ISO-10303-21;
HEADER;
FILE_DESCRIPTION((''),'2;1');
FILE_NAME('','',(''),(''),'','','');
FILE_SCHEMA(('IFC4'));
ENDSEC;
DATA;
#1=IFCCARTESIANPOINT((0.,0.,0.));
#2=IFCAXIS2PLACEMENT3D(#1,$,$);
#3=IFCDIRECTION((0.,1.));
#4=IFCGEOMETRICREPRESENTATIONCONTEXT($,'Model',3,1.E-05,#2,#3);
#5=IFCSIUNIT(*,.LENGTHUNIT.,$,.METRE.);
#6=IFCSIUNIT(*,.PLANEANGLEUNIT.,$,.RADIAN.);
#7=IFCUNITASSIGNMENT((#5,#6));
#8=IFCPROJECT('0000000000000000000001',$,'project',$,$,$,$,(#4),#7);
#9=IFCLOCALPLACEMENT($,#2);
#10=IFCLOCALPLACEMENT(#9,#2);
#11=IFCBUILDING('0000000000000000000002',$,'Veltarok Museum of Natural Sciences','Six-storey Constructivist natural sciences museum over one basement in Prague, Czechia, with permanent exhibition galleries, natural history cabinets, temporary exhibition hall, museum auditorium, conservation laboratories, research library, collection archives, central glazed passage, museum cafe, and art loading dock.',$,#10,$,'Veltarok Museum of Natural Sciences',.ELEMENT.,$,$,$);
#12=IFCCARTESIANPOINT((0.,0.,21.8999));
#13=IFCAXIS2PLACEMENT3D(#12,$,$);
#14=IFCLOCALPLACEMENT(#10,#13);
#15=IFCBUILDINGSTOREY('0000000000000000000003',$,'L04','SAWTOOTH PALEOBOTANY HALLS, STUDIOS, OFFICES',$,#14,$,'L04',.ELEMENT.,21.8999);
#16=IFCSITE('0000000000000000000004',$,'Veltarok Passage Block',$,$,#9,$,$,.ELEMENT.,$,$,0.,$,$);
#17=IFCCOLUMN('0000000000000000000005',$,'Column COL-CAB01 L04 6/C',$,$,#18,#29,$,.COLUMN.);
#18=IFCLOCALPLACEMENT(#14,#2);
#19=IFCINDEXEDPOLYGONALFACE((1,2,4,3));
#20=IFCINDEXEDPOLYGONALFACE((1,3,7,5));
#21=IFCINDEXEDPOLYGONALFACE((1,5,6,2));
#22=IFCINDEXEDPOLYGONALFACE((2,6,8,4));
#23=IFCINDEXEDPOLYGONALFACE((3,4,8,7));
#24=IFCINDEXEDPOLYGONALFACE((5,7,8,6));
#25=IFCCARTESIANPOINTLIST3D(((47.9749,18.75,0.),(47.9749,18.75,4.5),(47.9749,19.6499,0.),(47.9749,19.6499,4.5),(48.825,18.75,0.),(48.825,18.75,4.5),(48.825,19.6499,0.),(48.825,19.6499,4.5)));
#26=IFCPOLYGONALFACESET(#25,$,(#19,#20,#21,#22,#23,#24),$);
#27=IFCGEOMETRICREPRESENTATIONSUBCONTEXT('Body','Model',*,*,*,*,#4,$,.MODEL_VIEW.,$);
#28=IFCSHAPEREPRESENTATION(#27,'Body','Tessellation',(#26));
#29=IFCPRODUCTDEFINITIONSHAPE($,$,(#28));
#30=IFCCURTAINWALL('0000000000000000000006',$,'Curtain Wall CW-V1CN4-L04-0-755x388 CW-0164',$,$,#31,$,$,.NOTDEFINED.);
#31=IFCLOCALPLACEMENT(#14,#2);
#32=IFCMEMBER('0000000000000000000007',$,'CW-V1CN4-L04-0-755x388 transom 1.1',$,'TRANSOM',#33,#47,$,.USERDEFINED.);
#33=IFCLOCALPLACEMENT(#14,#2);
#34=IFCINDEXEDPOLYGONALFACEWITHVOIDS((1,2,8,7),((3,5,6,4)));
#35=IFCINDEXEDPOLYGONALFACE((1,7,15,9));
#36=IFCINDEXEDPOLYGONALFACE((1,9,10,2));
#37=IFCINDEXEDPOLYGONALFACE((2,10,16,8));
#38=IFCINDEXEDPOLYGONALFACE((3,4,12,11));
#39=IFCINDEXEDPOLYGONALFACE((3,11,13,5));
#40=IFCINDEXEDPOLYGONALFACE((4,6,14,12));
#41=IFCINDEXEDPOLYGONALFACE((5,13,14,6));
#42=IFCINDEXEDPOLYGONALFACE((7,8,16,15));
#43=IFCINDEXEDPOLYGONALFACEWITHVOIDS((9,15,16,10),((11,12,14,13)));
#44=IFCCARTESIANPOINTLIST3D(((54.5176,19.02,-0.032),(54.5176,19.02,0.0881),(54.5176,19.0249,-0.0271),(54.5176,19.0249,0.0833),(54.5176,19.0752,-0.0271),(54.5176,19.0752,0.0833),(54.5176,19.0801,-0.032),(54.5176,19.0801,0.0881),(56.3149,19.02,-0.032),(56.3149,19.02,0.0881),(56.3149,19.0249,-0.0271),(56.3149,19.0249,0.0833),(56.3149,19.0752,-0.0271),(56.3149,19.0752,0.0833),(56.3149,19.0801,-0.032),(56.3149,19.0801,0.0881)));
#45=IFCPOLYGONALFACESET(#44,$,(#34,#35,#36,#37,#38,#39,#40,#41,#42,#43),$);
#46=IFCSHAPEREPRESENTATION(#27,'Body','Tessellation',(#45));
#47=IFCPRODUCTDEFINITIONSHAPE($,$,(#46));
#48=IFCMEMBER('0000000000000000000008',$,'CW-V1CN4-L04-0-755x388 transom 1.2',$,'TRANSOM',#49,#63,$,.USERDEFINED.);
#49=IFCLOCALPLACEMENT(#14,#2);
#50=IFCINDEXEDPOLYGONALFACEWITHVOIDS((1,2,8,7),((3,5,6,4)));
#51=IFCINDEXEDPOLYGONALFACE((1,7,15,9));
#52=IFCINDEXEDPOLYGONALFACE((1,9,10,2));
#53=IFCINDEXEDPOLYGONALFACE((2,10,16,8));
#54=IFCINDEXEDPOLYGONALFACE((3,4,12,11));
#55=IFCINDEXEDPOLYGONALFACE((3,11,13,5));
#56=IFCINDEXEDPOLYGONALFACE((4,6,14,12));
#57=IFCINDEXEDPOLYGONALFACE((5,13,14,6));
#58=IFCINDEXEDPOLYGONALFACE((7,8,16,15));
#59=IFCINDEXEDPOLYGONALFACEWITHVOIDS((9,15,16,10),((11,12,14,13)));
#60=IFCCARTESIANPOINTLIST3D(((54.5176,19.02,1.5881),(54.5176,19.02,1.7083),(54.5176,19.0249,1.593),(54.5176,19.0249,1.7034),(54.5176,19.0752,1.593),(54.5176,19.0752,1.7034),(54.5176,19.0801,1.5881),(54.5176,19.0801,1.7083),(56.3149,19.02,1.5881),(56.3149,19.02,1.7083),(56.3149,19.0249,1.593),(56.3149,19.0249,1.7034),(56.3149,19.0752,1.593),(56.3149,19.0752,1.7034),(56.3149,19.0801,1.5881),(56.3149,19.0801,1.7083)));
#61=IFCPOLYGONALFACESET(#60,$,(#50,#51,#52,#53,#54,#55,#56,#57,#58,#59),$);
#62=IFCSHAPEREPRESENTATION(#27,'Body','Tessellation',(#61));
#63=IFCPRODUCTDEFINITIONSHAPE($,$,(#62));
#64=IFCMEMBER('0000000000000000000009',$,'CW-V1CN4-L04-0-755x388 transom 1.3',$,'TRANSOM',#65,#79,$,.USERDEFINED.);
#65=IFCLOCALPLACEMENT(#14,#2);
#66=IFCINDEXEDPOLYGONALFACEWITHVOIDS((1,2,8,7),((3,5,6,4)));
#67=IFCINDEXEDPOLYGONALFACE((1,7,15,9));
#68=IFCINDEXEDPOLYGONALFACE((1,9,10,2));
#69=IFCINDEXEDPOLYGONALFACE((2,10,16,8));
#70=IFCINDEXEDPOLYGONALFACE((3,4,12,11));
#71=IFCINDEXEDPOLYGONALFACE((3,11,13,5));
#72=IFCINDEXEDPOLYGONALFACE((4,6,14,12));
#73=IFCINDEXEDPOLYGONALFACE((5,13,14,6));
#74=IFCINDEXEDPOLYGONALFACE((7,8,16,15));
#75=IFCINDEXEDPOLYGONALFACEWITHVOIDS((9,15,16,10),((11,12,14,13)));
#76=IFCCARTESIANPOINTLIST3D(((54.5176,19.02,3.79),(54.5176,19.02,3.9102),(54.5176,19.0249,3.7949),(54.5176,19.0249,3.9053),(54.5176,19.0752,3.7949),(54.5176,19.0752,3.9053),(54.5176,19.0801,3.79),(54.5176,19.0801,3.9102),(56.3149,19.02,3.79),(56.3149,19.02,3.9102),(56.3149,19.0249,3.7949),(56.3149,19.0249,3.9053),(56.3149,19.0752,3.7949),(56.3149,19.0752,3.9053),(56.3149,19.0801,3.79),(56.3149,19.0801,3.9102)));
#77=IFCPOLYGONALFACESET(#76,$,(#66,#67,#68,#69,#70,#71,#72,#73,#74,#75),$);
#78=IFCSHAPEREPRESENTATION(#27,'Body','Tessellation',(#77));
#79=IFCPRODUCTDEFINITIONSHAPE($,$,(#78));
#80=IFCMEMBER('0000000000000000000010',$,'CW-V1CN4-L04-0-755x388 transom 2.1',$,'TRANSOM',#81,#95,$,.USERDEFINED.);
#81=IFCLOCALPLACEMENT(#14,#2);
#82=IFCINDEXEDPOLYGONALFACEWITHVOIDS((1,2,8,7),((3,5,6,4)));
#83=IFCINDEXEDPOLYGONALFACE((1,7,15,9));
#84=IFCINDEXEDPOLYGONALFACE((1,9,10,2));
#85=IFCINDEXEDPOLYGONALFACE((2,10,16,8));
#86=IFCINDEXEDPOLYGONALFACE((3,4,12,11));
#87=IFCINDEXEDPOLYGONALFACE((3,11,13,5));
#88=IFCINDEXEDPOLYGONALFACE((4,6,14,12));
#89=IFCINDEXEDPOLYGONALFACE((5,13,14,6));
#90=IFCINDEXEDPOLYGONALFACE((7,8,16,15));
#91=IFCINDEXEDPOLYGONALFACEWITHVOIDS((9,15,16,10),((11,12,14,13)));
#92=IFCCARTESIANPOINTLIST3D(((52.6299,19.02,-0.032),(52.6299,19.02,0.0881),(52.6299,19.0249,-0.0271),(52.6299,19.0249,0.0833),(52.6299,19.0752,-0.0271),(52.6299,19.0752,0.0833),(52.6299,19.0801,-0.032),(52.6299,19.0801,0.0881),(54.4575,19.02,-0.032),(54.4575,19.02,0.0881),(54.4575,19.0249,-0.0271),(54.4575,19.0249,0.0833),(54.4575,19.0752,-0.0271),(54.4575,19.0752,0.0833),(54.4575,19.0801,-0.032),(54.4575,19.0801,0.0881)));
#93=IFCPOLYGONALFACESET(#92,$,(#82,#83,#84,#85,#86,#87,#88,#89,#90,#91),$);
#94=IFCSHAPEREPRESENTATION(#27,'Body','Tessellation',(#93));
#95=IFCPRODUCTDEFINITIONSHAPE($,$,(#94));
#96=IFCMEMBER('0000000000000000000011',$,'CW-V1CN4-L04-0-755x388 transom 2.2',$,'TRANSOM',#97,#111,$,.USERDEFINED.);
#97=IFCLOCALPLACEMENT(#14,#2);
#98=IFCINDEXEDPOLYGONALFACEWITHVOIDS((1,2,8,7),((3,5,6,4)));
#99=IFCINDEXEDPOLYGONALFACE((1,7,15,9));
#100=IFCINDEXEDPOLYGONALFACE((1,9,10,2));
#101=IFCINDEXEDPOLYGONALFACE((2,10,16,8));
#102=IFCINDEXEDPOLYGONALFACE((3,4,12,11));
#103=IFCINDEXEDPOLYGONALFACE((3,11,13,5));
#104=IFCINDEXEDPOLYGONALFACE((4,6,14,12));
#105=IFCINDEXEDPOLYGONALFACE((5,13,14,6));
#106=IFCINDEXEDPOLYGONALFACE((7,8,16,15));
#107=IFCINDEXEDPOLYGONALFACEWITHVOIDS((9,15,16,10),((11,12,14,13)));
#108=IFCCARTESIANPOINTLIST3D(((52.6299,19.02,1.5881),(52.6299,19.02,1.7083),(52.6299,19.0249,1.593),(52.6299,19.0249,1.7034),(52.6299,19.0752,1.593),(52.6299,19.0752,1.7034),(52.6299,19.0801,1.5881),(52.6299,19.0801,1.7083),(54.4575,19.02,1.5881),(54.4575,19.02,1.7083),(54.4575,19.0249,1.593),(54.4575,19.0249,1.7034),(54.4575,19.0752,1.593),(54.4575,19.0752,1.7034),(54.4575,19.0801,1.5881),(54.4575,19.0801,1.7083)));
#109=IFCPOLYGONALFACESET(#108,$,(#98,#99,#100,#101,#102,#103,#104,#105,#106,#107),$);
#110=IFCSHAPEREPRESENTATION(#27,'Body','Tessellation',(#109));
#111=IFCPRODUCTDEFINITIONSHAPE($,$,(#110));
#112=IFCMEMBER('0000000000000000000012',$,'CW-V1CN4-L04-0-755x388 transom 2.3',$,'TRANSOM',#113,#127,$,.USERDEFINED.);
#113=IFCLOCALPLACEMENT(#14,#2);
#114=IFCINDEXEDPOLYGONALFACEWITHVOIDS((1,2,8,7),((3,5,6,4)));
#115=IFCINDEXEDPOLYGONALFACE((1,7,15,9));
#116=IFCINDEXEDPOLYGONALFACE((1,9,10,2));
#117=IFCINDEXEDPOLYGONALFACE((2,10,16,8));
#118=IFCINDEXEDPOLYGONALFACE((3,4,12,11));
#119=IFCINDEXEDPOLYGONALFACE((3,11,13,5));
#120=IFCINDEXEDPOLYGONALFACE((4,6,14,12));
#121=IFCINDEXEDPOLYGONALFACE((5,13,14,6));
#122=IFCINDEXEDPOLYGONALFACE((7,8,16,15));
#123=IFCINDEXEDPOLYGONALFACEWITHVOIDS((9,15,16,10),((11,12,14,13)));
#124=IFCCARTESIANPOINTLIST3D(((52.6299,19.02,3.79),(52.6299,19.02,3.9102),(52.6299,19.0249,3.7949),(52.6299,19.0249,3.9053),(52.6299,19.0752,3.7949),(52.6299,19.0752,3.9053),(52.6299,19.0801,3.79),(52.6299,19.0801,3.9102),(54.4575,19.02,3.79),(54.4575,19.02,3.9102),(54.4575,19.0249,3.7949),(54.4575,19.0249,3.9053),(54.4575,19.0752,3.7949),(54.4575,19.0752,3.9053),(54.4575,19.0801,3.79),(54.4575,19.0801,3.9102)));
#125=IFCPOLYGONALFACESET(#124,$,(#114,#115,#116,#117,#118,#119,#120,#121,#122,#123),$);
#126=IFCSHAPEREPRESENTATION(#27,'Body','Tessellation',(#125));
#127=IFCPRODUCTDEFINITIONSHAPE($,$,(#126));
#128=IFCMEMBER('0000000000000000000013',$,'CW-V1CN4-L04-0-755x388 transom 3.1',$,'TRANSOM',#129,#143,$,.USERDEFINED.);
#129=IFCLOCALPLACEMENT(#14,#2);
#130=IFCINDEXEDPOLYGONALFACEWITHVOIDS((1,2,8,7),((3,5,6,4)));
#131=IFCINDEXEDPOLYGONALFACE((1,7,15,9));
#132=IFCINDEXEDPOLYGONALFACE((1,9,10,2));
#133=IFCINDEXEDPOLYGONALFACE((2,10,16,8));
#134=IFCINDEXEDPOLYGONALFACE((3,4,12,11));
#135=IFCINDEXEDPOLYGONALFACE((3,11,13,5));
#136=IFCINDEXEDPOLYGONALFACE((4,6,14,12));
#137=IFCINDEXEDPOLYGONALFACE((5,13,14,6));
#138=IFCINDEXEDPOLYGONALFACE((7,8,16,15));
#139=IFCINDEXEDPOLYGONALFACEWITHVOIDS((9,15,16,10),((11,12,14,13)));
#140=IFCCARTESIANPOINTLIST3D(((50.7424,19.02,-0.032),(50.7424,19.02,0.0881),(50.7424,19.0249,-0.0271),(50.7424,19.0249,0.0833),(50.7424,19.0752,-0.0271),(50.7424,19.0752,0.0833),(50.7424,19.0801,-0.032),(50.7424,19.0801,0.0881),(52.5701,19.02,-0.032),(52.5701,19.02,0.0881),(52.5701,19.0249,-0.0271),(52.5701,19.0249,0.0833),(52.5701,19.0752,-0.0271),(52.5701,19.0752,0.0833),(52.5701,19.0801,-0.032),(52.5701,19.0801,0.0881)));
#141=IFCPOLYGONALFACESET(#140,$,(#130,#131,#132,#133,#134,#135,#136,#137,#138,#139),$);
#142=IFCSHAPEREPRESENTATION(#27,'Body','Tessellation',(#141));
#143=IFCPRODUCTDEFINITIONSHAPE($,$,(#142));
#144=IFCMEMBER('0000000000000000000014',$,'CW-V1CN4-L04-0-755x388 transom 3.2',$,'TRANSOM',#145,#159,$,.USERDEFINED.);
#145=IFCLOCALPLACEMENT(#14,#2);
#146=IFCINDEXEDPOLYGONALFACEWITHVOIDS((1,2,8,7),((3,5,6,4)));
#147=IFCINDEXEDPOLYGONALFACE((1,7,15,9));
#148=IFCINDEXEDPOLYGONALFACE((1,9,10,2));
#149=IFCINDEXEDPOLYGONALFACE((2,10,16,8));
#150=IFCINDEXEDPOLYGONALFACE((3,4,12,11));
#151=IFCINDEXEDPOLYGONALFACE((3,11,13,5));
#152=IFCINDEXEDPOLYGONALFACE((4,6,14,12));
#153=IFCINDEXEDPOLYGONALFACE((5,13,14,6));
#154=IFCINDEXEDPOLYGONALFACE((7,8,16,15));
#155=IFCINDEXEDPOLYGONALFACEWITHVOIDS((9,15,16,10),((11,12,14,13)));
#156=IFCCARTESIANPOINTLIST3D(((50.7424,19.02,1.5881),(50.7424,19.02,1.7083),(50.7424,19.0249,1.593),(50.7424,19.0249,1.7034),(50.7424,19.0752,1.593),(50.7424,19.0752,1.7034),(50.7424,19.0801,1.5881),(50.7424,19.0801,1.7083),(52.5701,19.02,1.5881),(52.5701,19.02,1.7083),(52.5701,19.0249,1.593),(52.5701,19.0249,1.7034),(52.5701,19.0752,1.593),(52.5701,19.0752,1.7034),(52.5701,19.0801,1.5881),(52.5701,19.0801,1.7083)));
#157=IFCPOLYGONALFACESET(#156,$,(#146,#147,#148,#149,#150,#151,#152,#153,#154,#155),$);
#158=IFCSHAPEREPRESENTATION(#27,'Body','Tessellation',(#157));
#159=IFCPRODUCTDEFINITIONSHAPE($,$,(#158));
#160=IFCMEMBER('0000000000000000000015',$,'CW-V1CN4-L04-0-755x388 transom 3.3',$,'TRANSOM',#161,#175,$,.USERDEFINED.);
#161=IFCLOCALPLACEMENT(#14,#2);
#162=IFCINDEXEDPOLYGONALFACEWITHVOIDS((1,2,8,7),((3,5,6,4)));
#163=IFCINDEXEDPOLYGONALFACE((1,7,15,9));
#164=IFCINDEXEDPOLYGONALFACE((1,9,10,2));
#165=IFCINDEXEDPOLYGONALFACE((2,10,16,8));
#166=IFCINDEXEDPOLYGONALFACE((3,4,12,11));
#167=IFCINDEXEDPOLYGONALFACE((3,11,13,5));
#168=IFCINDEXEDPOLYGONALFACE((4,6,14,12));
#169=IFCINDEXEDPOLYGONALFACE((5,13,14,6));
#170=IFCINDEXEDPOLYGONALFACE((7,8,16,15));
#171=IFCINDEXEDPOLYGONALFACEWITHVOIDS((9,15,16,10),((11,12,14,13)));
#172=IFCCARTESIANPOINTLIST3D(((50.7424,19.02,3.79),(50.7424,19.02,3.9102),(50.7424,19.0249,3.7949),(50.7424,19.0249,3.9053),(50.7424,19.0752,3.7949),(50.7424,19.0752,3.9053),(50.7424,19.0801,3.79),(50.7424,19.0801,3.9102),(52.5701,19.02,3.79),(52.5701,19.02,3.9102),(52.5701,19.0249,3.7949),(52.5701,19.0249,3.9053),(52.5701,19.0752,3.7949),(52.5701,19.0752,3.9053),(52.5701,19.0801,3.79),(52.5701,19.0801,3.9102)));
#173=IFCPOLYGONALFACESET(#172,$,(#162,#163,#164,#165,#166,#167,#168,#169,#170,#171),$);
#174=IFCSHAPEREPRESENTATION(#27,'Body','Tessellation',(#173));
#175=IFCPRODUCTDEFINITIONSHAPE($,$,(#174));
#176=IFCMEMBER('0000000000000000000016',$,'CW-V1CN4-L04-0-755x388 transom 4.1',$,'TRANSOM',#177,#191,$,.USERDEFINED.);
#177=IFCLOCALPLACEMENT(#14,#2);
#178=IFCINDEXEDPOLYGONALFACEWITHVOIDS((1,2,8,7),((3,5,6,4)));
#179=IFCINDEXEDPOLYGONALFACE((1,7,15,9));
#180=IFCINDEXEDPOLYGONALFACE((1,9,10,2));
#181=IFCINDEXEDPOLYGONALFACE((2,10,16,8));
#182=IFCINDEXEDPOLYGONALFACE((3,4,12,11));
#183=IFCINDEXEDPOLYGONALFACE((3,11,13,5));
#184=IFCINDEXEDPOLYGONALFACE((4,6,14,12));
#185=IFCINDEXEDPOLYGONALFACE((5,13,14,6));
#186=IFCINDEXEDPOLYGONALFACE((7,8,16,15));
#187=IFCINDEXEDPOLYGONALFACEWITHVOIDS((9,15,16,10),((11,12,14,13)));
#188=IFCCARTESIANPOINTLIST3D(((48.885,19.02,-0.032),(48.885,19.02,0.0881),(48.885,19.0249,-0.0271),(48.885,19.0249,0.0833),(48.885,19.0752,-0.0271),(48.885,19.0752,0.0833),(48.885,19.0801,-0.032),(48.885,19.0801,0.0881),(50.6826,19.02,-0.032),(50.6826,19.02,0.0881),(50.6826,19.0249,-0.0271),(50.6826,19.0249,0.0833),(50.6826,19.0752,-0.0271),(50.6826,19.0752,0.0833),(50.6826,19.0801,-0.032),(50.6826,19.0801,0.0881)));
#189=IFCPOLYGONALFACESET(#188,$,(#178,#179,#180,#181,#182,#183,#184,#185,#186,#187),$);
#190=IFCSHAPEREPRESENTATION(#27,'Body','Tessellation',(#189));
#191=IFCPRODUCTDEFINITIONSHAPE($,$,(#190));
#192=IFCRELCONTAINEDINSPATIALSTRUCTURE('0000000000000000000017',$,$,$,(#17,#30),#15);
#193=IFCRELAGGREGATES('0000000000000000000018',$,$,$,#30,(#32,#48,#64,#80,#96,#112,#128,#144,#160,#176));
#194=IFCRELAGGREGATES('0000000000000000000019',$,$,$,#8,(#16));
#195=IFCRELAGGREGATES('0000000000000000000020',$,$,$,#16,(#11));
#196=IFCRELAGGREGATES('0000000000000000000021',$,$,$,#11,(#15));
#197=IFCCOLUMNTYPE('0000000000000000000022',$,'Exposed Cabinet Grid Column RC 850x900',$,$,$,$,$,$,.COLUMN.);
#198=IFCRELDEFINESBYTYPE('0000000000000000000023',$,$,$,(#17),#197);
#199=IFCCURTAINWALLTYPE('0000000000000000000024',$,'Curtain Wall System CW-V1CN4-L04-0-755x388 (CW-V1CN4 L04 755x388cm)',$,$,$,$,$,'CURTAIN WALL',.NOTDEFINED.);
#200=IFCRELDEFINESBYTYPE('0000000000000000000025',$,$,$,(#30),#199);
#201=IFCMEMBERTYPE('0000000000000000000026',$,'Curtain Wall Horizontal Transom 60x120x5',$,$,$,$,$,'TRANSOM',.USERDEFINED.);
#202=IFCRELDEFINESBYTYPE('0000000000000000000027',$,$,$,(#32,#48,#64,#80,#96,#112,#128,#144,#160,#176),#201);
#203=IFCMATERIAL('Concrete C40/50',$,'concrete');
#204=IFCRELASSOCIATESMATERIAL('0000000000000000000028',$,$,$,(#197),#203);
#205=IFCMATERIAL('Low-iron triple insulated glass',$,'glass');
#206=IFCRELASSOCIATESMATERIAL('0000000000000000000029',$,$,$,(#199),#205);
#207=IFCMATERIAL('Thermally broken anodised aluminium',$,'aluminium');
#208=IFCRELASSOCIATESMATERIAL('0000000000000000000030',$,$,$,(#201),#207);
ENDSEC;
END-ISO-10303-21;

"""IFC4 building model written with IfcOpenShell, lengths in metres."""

from ifc_helpers import new_model, si_unit, direction, frame, origin, origin_2d, place, context, subcontext, project, spatial, rectangle, hollow_rectangle, extrude, material, material_profile, profile_set, type_object, element, aggregate, save


model = new_model("IFC4")

# Units and contexts
model_context = context("Model", 3, precision=1e-05, world=origin(), true_north=direction((0.0, 1.0)))
body_context = subcontext(model_context, "Body", "Model", "MODEL_VIEW")
ifc_project = project(units=[si_unit("LENGTHUNIT", "METRE"), si_unit("PLANEANGLEUNIT", "RADIAN")], contexts=[model_context])

# Site, building, storey
site_placement = place(None, origin())
site = spatial("IfcSite", under=ifc_project, at=site_placement, Name="Veltarok Passage Block", CompositionType="ELEMENT", RefElevation=0.0)
building_placement = place(site_placement, origin())
building = spatial("IfcBuilding", under=site, at=building_placement, Name="Veltarok Museum of Natural Sciences", Description="Six-storey Constructivist natural sciences museum over one basement in Prague, Czechia, with permanent exhibition galleries, natural history cabinets, temporary exhibition hall, museum auditorium, conservation laboratories, research library, collection archives, central glazed passage, museum cafe, and art loading dock.", LongName="Veltarok Museum of Natural Sciences", CompositionType="ELEMENT")
storey_placement = place(building_placement, frame((0.0, 0.0, 21.8999)))
storey = spatial("IfcBuildingStorey", under=building, at=storey_placement, Name="L04", Description="SAWTOOTH PALEOBOTANY HALLS, STUDIOS, OFFICES", LongName="L04", CompositionType="ELEMENT", Elevation=21.8999)

# Column
ifc_material_1 = material(Name="Concrete C40/50", Category="concrete")
ifc_material_profile_1 = material_profile(ifc_material_1, rectangle(XDim=0.8501, YDim=0.8999, at=origin_2d()), Name="RC 850x900")
ifc_profile_set_1 = profile_set([ifc_material_profile_1], Name="Concrete C40/50")
column_type = type_object("IfcColumnType", Name="Exposed Cabinet Grid Column RC 850x900", PredefinedType="COLUMN", material=ifc_profile_set_1)
column_placement = place(storey_placement, frame((48.3999, 19.2, 0.0), z_axis=(0.0, 0.0, 1.0), x_axis=(1.0, 0.0, 0.0)))
element("IfcColumn", 1, at=column_placement, inside=storey, type_object=column_type, Name="Column COL-CAB01 L04 6/C", PredefinedType="COLUMN", context=body_context, shape_type="SweptSolid", body=[
    extrude(rectangle(XDim=0.8501, YDim=0.8999, at=origin_2d()), origin(), (0.0, 0.0, 1.0), 4.5),
])

# Curtain wall, members
ifc_material_2 = material(Name="Low-iron triple insulated glass", Category="glass")
curtain_wall_type = type_object("IfcCurtainWallType", Name="Curtain Wall System CW-V1CN4-L04-0-755x388 (CW-V1CN4 L04 755x388cm)", ElementType="CURTAIN WALL", PredefinedType="NOTDEFINED", material=ifc_material_2)
curtain_wall_placement = place(storey_placement, origin())
curtain_wall = element("IfcCurtainWall", 2, at=curtain_wall_placement, inside=storey, type_object=curtain_wall_type, Name="Curtain Wall CW-V1CN4-L04-0-755x388 CW-0164", PredefinedType="NOTDEFINED")
ifc_material_3 = material(Name="Thermally broken anodised aluminium", Category="aluminium")
ifc_material_profile_2 = material_profile(ifc_material_3, hollow_rectangle(XDim=0.0601, YDim=0.1201, WallThickness=0.0049, at=origin_2d()), Name="CW TRANSOM 60x120x5")
ifc_profile_set_2 = profile_set([ifc_material_profile_2], Name="Thermally broken anodised aluminium")
member_type_1 = type_object("IfcMemberType", Name="Curtain Wall Horizontal Transom 60x120x5", ElementType="TRANSOM", PredefinedType="USERDEFINED", material=ifc_profile_set_2)
member_1_placement = place(storey_placement, frame((56.3149, 19.05, 0.0281), z_axis=(-1.0, 0.0, 0.0), x_axis=(0.0, -1.0, 0.0)))
member_1 = element("IfcMember", 3, at=member_1_placement, type_object=member_type_1, Name="CW-V1CN4-L04-0-755x388 transom 1.1", ObjectType="TRANSOM", PredefinedType="USERDEFINED", context=body_context, shape_type="SweptSolid", body=[
    extrude(hollow_rectangle(XDim=0.0601, YDim=0.1201, WallThickness=0.0049, at=origin_2d()), origin(), (0.0, 0.0, 1.0), 1.7974),
])
member_2_placement = place(storey_placement, frame((56.3149, 19.05, 1.6482), z_axis=(-1.0, 0.0, 0.0), x_axis=(0.0, -1.0, 0.0)))
member_2 = element("IfcMember", 4, at=member_2_placement, type_object=member_type_1, Name="CW-V1CN4-L04-0-755x388 transom 1.2", ObjectType="TRANSOM", PredefinedType="USERDEFINED", context=body_context, shape_type="SweptSolid", body=[
    extrude(hollow_rectangle(XDim=0.0601, YDim=0.1201, WallThickness=0.0049, at=origin_2d()), origin(), (0.0, 0.0, 1.0), 1.7974),
])
member_3_placement = place(storey_placement, frame((56.3149, 19.05, 3.8501), z_axis=(-1.0, 0.0, 0.0), x_axis=(0.0, -1.0, 0.0)))
member_3 = element("IfcMember", 5, at=member_3_placement, type_object=member_type_1, Name="CW-V1CN4-L04-0-755x388 transom 1.3", ObjectType="TRANSOM", PredefinedType="USERDEFINED", context=body_context, shape_type="SweptSolid", body=[
    extrude(hollow_rectangle(XDim=0.0601, YDim=0.1201, WallThickness=0.0049, at=origin_2d()), origin(), (0.0, 0.0, 1.0), 1.7974),
])
member_4_placement = place(storey_placement, frame((54.4575, 19.05, 0.0281), z_axis=(-1.0, 0.0, 0.0), x_axis=(0.0, -1.0, 0.0)))
member_4 = element("IfcMember", 6, at=member_4_placement, type_object=member_type_1, Name="CW-V1CN4-L04-0-755x388 transom 2.1", ObjectType="TRANSOM", PredefinedType="USERDEFINED", context=body_context, shape_type="SweptSolid", body=[
    extrude(hollow_rectangle(XDim=0.0601, YDim=0.1201, WallThickness=0.0049, at=origin_2d()), origin(), (0.0, 0.0, 1.0), 1.8276),
])
member_5_placement = place(storey_placement, frame((54.4575, 19.05, 1.6482), z_axis=(-1.0, 0.0, 0.0), x_axis=(0.0, -1.0, 0.0)))
member_5 = element("IfcMember", 7, at=member_5_placement, type_object=member_type_1, Name="CW-V1CN4-L04-0-755x388 transom 2.2", ObjectType="TRANSOM", PredefinedType="USERDEFINED", context=body_context, shape_type="SweptSolid", body=[
    extrude(hollow_rectangle(XDim=0.0601, YDim=0.1201, WallThickness=0.0049, at=origin_2d()), origin(), (0.0, 0.0, 1.0), 1.8276),
])
member_6_placement = place(storey_placement, frame((54.4575, 19.05, 3.8501), z_axis=(-1.0, 0.0, 0.0), x_axis=(0.0, -1.0, 0.0)))
member_6 = element("IfcMember", 8, at=member_6_placement, type_object=member_type_1, Name="CW-V1CN4-L04-0-755x388 transom 2.3", ObjectType="TRANSOM", PredefinedType="USERDEFINED", context=body_context, shape_type="SweptSolid", body=[
    extrude(hollow_rectangle(XDim=0.0601, YDim=0.1201, WallThickness=0.0049, at=origin_2d()), origin(), (0.0, 0.0, 1.0), 1.8276),
])
member_7_placement = place(storey_placement, frame((52.5701, 19.05, 0.0281), z_axis=(-1.0, 0.0, 0.0), x_axis=(0.0, -1.0, 0.0)))
member_7 = element("IfcMember", 9, at=member_7_placement, type_object=member_type_1, Name="CW-V1CN4-L04-0-755x388 transom 3.1", ObjectType="TRANSOM", PredefinedType="USERDEFINED", context=body_context, shape_type="SweptSolid", body=[
    extrude(hollow_rectangle(XDim=0.0601, YDim=0.1201, WallThickness=0.0049, at=origin_2d()), origin(), (0.0, 0.0, 1.0), 1.8276),
])
member_8_placement = place(storey_placement, frame((52.5701, 19.05, 1.6482), z_axis=(-1.0, 0.0, 0.0), x_axis=(0.0, -1.0, 0.0)))
member_8 = element("IfcMember", 10, at=member_8_placement, type_object=member_type_1, Name="CW-V1CN4-L04-0-755x388 transom 3.2", ObjectType="TRANSOM", PredefinedType="USERDEFINED", context=body_context, shape_type="SweptSolid", body=[
    extrude(hollow_rectangle(XDim=0.0601, YDim=0.1201, WallThickness=0.0049, at=origin_2d()), origin(), (0.0, 0.0, 1.0), 1.8276),
])
member_9_placement = place(storey_placement, frame((52.5701, 19.05, 3.8501), z_axis=(-1.0, 0.0, 0.0), x_axis=(0.0, -1.0, 0.0)))
member_9 = element("IfcMember", 11, at=member_9_placement, type_object=member_type_1, Name="CW-V1CN4-L04-0-755x388 transom 3.3", ObjectType="TRANSOM", PredefinedType="USERDEFINED", context=body_context, shape_type="SweptSolid", body=[
    extrude(hollow_rectangle(XDim=0.0601, YDim=0.1201, WallThickness=0.0049, at=origin_2d()), origin(), (0.0, 0.0, 1.0), 1.8276),
])
member_10_placement = place(storey_placement, frame((50.6826, 19.05, 0.0281), z_axis=(-1.0, 0.0, 0.0), x_axis=(0.0, -1.0, 0.0)))
member_10 = element("IfcMember", 12, at=member_10_placement, type_object=member_type_1, Name="CW-V1CN4-L04-0-755x388 transom 4.1", ObjectType="TRANSOM", PredefinedType="USERDEFINED", context=body_context, shape_type="SweptSolid", body=[
    extrude(hollow_rectangle(XDim=0.0601, YDim=0.1201, WallThickness=0.0049, at=origin_2d()), origin(), (0.0, 0.0, 1.0), 1.7976),
])
aggregate(curtain_wall, [member_1, member_2, member_3, member_4, member_5, member_6, member_7, member_8, member_9, member_10])

save(model, "model.ifc")
